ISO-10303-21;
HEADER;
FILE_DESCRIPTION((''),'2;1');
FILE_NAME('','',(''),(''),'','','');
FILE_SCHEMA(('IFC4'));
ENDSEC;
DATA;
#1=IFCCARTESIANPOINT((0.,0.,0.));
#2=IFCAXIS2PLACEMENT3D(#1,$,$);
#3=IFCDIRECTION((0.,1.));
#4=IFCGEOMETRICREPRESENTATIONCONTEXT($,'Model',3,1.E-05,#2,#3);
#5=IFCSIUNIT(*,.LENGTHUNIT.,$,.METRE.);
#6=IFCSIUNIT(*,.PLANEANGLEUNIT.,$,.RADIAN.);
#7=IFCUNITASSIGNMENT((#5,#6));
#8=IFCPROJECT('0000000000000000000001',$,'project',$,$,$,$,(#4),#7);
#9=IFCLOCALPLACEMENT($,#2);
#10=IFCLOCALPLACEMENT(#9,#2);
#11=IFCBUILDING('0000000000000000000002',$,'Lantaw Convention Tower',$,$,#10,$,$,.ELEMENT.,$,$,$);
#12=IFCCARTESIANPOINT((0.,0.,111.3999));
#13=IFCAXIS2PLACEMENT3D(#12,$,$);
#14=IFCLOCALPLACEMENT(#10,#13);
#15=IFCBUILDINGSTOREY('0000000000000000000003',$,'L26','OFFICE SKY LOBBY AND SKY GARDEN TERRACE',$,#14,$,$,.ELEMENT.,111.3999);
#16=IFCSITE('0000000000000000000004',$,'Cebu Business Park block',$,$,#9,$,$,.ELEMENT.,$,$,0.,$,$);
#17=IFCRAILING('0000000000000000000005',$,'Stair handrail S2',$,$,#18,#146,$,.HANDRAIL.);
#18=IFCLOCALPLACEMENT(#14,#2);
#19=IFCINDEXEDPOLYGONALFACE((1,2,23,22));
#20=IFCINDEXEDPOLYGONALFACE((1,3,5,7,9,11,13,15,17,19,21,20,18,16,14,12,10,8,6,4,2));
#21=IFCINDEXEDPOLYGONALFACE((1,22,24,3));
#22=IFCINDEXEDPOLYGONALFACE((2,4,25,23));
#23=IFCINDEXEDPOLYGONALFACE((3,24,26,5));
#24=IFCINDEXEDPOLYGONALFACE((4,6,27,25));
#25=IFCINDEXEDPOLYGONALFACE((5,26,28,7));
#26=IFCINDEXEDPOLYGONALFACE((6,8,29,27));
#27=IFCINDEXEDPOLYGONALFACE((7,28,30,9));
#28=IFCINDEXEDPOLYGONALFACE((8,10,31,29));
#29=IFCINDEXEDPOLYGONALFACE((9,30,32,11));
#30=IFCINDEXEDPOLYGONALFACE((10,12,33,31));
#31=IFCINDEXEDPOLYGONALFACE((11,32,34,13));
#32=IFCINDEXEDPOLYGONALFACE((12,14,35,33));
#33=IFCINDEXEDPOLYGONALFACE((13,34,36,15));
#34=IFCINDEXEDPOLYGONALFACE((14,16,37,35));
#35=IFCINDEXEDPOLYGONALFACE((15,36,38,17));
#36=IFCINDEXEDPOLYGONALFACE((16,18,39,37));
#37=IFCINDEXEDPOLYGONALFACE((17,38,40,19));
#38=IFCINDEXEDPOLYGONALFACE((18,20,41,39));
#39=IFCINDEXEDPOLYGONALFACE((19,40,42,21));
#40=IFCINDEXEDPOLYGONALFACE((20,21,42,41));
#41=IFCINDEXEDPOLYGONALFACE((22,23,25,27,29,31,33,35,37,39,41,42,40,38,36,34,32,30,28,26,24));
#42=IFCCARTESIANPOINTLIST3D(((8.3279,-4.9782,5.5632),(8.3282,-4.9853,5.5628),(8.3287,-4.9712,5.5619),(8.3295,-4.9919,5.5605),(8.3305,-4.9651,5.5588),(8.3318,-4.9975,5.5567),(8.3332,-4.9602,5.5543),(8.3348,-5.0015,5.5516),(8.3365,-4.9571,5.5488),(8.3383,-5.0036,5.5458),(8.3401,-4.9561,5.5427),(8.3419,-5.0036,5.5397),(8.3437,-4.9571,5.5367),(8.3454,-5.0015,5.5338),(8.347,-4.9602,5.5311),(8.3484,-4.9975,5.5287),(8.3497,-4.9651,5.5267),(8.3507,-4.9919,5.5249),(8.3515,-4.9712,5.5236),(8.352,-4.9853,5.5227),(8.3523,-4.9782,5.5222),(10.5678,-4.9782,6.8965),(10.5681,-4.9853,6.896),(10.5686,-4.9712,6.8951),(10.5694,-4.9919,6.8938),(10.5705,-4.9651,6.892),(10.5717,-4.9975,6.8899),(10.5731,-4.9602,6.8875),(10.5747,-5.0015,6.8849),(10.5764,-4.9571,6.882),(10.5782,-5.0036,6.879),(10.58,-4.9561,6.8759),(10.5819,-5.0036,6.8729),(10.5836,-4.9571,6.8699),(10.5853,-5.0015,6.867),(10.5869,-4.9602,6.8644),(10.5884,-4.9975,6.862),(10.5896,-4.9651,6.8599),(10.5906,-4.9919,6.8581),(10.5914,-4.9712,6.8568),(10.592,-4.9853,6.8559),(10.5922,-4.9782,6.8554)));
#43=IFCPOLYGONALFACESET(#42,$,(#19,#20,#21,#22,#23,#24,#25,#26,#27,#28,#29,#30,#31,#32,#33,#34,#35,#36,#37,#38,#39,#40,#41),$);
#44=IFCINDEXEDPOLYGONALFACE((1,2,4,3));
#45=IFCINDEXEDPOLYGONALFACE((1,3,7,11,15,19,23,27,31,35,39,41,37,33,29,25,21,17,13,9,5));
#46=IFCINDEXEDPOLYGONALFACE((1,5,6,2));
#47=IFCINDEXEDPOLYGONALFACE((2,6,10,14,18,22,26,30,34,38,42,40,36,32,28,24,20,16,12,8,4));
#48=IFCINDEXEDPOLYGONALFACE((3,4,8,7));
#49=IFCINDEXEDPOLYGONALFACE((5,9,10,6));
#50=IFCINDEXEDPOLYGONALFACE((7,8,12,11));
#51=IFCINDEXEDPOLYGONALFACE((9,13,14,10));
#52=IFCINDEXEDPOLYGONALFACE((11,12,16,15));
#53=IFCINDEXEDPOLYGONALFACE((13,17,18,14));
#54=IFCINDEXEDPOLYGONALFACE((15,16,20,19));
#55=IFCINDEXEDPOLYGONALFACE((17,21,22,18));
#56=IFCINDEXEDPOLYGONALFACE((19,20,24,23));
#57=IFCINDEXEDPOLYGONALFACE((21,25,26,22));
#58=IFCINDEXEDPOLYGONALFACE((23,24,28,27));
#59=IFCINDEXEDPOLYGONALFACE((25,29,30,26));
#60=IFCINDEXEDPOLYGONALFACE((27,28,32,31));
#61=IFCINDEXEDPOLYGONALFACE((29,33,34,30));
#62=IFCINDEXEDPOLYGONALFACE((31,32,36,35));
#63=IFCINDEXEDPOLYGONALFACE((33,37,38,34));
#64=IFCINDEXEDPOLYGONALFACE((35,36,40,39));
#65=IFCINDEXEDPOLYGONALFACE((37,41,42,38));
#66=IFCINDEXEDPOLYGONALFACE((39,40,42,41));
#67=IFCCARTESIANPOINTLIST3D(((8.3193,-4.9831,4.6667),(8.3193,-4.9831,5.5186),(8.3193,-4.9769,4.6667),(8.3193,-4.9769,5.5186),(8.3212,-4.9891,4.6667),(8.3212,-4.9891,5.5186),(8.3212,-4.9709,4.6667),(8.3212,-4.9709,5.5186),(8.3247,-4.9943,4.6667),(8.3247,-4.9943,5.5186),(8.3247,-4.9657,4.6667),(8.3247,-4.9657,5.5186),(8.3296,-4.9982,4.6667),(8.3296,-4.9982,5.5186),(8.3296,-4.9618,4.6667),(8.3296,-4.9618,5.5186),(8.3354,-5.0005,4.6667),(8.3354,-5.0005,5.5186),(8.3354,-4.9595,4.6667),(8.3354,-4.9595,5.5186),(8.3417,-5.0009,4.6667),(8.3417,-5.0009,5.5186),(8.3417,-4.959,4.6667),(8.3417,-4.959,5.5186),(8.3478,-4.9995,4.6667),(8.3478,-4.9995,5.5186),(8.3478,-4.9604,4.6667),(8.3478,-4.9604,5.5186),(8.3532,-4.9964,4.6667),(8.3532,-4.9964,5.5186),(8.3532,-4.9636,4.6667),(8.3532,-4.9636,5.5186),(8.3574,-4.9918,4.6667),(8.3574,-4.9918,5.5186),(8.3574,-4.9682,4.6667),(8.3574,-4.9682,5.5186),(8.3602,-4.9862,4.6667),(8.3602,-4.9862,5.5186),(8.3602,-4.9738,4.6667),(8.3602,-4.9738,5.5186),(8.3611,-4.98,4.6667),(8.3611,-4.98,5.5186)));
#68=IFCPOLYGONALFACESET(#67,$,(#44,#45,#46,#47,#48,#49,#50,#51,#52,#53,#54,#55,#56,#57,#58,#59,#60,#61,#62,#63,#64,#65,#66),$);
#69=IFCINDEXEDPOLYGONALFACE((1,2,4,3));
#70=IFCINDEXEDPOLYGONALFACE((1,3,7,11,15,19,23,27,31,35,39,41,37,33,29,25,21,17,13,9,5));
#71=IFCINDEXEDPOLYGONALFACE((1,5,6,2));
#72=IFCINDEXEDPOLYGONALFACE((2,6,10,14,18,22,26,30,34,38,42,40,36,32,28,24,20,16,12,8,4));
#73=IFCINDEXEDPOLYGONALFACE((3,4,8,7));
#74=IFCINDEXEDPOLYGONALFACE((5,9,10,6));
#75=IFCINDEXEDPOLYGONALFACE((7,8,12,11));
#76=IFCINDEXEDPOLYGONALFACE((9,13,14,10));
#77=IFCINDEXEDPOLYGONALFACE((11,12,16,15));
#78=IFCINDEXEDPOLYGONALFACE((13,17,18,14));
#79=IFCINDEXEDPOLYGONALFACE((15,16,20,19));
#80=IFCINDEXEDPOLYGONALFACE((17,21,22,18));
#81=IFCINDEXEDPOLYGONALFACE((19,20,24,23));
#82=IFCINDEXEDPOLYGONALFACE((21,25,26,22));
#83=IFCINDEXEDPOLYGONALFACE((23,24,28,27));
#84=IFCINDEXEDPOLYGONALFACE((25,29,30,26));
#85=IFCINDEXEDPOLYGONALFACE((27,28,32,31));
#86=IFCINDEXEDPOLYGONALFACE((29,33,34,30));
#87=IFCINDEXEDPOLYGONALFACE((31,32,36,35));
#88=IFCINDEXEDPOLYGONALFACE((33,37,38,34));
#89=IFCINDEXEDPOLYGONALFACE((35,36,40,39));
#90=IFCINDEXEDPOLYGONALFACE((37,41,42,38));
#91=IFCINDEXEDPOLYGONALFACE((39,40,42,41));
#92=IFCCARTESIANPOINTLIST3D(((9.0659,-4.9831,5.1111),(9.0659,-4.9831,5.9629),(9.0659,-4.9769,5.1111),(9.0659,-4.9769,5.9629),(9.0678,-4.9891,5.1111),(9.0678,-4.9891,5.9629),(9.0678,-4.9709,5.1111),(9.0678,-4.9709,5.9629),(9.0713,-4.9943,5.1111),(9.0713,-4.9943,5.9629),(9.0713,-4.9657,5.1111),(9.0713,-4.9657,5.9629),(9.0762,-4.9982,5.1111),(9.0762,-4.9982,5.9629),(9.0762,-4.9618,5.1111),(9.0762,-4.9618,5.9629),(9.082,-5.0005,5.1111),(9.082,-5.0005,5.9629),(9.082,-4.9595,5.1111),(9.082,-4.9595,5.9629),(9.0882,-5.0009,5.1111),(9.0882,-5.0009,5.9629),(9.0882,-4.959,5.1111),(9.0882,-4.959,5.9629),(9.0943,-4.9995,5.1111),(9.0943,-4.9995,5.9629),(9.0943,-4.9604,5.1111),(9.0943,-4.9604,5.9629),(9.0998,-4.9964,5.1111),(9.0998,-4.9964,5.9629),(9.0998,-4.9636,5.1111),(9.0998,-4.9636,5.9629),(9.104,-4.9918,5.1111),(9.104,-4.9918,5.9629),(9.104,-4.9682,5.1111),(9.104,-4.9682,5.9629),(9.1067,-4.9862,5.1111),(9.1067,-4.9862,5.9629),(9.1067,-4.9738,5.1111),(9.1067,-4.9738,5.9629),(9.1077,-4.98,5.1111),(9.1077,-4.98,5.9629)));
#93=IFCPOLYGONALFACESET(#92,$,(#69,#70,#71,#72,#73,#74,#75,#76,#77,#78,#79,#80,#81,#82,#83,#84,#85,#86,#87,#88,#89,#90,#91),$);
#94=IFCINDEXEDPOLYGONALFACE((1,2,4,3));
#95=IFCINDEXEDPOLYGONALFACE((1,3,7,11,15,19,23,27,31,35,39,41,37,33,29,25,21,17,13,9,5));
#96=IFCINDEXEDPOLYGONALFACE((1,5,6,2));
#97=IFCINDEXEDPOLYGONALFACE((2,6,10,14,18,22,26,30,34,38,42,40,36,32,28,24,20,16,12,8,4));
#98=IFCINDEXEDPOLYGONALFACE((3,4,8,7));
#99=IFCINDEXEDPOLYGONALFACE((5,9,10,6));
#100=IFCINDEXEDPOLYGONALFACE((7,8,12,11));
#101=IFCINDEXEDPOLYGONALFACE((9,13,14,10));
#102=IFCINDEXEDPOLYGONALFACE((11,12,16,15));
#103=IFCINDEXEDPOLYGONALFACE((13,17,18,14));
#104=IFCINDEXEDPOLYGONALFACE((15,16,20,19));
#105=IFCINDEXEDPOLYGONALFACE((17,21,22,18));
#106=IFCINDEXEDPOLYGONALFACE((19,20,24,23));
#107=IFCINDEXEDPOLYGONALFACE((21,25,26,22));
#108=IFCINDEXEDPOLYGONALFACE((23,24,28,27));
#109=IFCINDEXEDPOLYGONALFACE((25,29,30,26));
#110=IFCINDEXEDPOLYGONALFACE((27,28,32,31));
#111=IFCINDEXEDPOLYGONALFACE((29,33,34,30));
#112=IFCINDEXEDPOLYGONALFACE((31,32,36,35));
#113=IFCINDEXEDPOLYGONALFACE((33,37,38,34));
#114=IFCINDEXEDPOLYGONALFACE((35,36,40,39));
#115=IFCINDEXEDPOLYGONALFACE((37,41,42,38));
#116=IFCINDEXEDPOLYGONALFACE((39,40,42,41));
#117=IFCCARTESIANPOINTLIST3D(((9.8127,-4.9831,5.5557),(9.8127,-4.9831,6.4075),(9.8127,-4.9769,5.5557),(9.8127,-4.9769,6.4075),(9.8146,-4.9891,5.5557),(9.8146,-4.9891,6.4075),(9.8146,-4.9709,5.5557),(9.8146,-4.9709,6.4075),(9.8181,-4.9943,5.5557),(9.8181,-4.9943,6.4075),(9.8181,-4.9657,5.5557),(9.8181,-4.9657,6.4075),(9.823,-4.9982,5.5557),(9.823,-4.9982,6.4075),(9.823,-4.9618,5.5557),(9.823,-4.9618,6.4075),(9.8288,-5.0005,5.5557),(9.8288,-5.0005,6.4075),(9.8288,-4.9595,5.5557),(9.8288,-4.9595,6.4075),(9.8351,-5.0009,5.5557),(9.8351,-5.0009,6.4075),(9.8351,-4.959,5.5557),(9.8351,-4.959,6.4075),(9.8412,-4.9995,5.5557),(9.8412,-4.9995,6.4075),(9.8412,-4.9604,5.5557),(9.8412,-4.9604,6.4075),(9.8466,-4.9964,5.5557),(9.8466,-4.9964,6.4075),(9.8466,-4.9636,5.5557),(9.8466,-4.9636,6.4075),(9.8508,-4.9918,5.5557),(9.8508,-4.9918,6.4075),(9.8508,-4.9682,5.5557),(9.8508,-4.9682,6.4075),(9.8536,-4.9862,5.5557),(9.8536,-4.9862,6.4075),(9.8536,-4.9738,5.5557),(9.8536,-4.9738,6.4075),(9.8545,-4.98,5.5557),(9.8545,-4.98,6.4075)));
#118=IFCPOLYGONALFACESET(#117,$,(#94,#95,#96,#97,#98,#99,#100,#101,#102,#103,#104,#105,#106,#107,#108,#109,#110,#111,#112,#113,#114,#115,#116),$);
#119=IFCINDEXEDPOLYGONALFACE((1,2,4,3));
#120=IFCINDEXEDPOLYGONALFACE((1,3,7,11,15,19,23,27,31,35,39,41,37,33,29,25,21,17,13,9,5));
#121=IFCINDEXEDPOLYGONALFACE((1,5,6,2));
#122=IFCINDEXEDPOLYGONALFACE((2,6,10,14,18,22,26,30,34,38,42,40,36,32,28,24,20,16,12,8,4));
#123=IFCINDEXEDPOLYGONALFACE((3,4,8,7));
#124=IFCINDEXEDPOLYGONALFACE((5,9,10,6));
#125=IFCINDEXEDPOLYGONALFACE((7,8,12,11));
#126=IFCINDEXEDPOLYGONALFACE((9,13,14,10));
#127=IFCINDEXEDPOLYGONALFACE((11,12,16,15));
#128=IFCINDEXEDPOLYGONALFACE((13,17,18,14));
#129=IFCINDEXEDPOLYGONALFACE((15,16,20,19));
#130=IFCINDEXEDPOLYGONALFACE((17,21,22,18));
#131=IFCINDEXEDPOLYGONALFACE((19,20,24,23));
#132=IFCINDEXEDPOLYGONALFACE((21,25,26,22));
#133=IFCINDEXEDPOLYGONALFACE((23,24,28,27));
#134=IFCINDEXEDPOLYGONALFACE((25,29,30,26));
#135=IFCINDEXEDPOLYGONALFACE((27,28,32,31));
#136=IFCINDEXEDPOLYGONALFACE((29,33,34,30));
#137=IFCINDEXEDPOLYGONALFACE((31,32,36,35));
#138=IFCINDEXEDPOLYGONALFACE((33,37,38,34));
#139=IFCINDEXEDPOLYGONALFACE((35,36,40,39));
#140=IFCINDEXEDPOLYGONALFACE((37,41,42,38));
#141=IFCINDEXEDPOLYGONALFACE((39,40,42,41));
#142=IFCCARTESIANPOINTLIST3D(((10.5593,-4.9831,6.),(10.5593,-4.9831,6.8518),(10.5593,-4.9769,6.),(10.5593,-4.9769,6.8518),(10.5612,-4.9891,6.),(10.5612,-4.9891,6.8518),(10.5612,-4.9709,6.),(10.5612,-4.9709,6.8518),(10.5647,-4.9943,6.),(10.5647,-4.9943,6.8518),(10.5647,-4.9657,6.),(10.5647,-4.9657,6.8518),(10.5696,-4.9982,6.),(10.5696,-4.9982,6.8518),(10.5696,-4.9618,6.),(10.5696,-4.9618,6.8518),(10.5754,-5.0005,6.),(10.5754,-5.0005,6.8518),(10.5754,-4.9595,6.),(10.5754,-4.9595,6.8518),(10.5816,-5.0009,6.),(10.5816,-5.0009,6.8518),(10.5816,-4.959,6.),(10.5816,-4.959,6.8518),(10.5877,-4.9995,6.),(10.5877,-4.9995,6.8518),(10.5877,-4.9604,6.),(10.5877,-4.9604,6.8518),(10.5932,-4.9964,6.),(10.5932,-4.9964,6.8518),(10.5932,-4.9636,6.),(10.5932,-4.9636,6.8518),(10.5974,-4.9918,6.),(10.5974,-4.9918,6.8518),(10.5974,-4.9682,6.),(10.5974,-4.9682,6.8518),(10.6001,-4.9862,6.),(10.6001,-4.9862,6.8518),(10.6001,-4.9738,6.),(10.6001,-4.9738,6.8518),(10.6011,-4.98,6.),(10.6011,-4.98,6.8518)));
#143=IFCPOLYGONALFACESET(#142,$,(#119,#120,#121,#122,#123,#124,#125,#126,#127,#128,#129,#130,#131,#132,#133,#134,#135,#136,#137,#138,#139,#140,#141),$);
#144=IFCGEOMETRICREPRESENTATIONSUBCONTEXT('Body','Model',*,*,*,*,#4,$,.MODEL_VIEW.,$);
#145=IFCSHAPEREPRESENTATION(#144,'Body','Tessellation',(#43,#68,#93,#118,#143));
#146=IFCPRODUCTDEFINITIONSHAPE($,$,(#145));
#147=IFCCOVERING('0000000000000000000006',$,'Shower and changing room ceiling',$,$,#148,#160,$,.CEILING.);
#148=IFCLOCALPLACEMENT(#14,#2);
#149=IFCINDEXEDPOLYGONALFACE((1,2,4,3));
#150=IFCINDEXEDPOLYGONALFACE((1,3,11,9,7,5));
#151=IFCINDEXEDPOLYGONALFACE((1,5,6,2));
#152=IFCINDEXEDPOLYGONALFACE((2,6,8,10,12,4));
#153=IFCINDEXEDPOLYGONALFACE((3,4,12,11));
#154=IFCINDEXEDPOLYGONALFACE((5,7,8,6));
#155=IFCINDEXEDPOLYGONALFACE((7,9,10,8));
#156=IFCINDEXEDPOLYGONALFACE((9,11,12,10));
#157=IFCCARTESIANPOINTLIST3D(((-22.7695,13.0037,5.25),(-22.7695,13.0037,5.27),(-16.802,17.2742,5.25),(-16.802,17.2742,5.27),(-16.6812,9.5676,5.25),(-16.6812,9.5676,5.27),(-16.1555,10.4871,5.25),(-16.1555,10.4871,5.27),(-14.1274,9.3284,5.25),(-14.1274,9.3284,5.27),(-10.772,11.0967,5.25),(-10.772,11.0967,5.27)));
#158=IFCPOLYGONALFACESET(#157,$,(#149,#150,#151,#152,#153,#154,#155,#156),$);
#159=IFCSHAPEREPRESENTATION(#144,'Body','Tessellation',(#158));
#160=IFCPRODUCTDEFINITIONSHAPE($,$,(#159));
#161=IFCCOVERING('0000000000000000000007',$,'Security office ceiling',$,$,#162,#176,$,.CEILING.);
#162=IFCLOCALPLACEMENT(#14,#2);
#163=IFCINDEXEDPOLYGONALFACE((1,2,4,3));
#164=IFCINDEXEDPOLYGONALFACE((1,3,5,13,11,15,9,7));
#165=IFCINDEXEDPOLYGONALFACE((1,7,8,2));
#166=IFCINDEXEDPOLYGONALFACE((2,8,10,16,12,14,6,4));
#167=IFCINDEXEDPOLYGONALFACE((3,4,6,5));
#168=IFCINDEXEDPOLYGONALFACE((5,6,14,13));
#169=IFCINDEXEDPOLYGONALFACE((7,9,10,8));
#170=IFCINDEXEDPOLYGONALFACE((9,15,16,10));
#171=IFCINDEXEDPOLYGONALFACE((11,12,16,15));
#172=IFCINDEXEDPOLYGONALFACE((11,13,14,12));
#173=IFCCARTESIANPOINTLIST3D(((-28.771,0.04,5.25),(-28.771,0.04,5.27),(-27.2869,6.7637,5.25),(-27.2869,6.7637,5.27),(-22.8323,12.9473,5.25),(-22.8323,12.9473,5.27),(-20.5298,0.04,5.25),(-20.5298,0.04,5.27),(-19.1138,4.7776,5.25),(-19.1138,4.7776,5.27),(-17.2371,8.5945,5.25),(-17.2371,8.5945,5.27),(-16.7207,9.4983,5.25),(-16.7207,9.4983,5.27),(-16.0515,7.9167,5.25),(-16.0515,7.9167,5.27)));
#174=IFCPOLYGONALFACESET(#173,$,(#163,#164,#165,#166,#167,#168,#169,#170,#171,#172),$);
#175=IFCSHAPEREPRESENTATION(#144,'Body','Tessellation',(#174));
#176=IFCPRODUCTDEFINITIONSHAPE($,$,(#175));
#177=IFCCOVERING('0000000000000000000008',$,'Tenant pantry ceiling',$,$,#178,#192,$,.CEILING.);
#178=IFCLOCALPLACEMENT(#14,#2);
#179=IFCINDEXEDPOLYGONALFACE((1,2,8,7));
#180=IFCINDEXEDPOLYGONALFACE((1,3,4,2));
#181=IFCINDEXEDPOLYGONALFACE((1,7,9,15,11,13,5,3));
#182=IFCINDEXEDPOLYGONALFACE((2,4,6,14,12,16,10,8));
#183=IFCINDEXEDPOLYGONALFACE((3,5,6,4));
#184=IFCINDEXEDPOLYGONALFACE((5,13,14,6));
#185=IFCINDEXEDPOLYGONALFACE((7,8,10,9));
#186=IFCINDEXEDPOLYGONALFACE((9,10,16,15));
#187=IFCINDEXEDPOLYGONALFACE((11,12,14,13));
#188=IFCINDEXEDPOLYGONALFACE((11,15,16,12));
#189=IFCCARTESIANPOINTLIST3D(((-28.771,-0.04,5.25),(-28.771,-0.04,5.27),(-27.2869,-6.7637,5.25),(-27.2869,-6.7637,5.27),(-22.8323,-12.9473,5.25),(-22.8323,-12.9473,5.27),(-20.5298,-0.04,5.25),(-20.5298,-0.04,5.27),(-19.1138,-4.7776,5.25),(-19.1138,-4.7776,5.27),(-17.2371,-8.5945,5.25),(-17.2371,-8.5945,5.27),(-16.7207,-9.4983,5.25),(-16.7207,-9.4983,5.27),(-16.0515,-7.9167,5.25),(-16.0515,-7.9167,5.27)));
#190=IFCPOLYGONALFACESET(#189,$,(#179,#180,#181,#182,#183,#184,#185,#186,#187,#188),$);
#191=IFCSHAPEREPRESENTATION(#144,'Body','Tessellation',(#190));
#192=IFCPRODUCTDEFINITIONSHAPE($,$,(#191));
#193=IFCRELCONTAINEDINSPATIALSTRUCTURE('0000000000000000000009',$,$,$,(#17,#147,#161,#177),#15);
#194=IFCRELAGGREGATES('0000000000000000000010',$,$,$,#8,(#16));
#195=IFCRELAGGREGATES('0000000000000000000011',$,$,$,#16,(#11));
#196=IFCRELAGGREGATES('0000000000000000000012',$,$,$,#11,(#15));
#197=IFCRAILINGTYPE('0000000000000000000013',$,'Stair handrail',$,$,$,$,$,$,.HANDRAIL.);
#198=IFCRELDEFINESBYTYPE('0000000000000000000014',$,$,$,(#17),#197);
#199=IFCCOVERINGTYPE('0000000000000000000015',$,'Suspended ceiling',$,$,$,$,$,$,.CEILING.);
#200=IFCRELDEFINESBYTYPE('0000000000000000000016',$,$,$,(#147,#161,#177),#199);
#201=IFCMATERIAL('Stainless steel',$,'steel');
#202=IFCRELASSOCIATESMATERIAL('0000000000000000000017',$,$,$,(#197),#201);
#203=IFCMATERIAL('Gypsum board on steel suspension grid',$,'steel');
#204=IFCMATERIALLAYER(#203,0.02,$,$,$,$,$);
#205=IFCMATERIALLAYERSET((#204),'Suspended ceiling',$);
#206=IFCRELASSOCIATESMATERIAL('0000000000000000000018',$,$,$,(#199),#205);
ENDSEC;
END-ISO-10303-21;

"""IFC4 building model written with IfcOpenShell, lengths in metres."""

from ifc_helpers import new_model, si_unit, direction, frame, origin, origin_2d, place, context, subcontext, project, spatial, polyline, circle, outline, extrude, material, layer, layer_set, type_object, element, save


model = new_model("IFC4")

# Units and contexts
model_context = context("Model", 3, precision=1e-05, world=origin(), true_north=direction((0.0, 1.0)))
body_context = subcontext(model_context, "Body", "Model", "MODEL_VIEW")
ifc_project = project(units=[si_unit("LENGTHUNIT", "METRE"), si_unit("PLANEANGLEUNIT", "RADIAN")], contexts=[model_context])

# Site, building, storey
site_placement = place(None, origin())
site = spatial("IfcSite", under=ifc_project, at=site_placement, Name="Cebu Business Park block", CompositionType="ELEMENT", RefElevation=0.0)
building_placement = place(site_placement, origin())
building = spatial("IfcBuilding", under=site, at=building_placement, Name="Lantaw Convention Tower", CompositionType="ELEMENT")
storey_placement = place(building_placement, frame((0.0, 0.0, 111.3999)))
storey = spatial("IfcBuildingStorey", under=building, at=storey_placement, Name="L26", Description="OFFICE SKY LOBBY AND SKY GARDEN TERRACE", CompositionType="ELEMENT", Elevation=111.3999)

# Railing
ifc_material_1 = material(Name="Stainless steel", Category="steel")
railing_type = type_object("IfcRailingType", Name="Stair handrail", PredefinedType="HANDRAIL", material=ifc_material_1)
railing_1_placement = place(storey_placement, frame((8.3401, -4.98, 4.6667)))
element("IfcRailing", 1, at=railing_1_placement, inside=storey, type_object=railing_type, Name="Stair handrail S2", PredefinedType="HANDRAIL", context=body_context, shape_type="SweptSolid", body=[
    extrude(circle(Radius=0.0239, at=origin_2d()), frame((0.0, 0.0, 0.876), z_axis=(0.859306, 0.0, 0.511462), x_axis=(0.0, 1.0, 0.0)), (0.0, 0.0, 1.0), 2.6067),
    extrude(circle(Radius=0.021, at=origin_2d()), origin(), (0.0, 0.0, 1.0), 0.8518),
    extrude(circle(Radius=0.021, at=origin_2d()), frame((0.7466, 0.0, 0.4443)), (0.0, 0.0, 1.0), 0.8518),
    extrude(circle(Radius=0.021, at=origin_2d()), frame((1.4934, 0.0, 0.8889)), (0.0, 0.0, 1.0), 0.8518),
    extrude(circle(Radius=0.021, at=origin_2d()), frame((2.24, 0.0, 1.3333)), (0.0, 0.0, 1.0), 0.8518),
])

# Coverings
ifc_material_2 = material(Name="Gypsum board on steel suspension grid", Category="steel")
ifc_layer_1 = layer(ifc_material_2, 0.02)
ifc_layer_set_1 = layer_set([ifc_layer_1], Name="Suspended ceiling")
covering_type = type_object("IfcCoveringType", Name="Suspended ceiling", PredefinedType="CEILING", material=ifc_layer_set_1)
covering_1_placement = place(storey_placement, frame((0.0, 0.0, 5.25)))
element("IfcCovering", 2, at=covering_1_placement, inside=storey, type_object=covering_type, Name="Shower and changing room ceiling", PredefinedType="CEILING", context=body_context, shape_type="SweptSolid", body=[
    extrude(outline(polyline([(-14.1274, 9.3284), (-10.772, 11.0967), (-16.802, 17.2742), (-22.7695, 13.0037), (-16.6812, 9.5676), (-16.1555, 10.4871), (-14.1274, 9.3284)])), origin(), (0.0, 0.0, 1.0), 0.02),
])
covering_2_placement = place(storey_placement, frame((0.0, 0.0, 5.25)))
element("IfcCovering", 3, at=covering_2_placement, inside=storey, type_object=covering_type, Name="Security office ceiling", PredefinedType="CEILING", context=body_context, shape_type="SweptSolid", body=[
    extrude(outline(polyline([(-19.1138, 4.7776), (-16.0515, 7.9167), (-17.2371, 8.5945), (-16.7207, 9.4983), (-22.8323, 12.9473), (-27.2869, 6.7637), (-28.771, 0.04), (-20.5298, 0.04), (-19.1138, 4.7776)])), origin(), (0.0, 0.0, 1.0), 0.02),
])
covering_3_placement = place(storey_placement, frame((0.0, 0.0, 5.25)))
element("IfcCovering", 4, at=covering_3_placement, inside=storey, type_object=covering_type, Name="Tenant pantry ceiling", PredefinedType="CEILING", context=body_context, shape_type="SweptSolid", body=[
    extrude(outline(polyline([(-19.1138, -4.7776), (-20.5298, -0.04), (-28.771, -0.04), (-27.2869, -6.7637), (-22.8323, -12.9473), (-16.7207, -9.4983), (-17.2371, -8.5945), (-16.0515, -7.9167), (-19.1138, -4.7776)])), origin(), (0.0, 0.0, 1.0), 0.02),
])

save(model, "model.ifc")
